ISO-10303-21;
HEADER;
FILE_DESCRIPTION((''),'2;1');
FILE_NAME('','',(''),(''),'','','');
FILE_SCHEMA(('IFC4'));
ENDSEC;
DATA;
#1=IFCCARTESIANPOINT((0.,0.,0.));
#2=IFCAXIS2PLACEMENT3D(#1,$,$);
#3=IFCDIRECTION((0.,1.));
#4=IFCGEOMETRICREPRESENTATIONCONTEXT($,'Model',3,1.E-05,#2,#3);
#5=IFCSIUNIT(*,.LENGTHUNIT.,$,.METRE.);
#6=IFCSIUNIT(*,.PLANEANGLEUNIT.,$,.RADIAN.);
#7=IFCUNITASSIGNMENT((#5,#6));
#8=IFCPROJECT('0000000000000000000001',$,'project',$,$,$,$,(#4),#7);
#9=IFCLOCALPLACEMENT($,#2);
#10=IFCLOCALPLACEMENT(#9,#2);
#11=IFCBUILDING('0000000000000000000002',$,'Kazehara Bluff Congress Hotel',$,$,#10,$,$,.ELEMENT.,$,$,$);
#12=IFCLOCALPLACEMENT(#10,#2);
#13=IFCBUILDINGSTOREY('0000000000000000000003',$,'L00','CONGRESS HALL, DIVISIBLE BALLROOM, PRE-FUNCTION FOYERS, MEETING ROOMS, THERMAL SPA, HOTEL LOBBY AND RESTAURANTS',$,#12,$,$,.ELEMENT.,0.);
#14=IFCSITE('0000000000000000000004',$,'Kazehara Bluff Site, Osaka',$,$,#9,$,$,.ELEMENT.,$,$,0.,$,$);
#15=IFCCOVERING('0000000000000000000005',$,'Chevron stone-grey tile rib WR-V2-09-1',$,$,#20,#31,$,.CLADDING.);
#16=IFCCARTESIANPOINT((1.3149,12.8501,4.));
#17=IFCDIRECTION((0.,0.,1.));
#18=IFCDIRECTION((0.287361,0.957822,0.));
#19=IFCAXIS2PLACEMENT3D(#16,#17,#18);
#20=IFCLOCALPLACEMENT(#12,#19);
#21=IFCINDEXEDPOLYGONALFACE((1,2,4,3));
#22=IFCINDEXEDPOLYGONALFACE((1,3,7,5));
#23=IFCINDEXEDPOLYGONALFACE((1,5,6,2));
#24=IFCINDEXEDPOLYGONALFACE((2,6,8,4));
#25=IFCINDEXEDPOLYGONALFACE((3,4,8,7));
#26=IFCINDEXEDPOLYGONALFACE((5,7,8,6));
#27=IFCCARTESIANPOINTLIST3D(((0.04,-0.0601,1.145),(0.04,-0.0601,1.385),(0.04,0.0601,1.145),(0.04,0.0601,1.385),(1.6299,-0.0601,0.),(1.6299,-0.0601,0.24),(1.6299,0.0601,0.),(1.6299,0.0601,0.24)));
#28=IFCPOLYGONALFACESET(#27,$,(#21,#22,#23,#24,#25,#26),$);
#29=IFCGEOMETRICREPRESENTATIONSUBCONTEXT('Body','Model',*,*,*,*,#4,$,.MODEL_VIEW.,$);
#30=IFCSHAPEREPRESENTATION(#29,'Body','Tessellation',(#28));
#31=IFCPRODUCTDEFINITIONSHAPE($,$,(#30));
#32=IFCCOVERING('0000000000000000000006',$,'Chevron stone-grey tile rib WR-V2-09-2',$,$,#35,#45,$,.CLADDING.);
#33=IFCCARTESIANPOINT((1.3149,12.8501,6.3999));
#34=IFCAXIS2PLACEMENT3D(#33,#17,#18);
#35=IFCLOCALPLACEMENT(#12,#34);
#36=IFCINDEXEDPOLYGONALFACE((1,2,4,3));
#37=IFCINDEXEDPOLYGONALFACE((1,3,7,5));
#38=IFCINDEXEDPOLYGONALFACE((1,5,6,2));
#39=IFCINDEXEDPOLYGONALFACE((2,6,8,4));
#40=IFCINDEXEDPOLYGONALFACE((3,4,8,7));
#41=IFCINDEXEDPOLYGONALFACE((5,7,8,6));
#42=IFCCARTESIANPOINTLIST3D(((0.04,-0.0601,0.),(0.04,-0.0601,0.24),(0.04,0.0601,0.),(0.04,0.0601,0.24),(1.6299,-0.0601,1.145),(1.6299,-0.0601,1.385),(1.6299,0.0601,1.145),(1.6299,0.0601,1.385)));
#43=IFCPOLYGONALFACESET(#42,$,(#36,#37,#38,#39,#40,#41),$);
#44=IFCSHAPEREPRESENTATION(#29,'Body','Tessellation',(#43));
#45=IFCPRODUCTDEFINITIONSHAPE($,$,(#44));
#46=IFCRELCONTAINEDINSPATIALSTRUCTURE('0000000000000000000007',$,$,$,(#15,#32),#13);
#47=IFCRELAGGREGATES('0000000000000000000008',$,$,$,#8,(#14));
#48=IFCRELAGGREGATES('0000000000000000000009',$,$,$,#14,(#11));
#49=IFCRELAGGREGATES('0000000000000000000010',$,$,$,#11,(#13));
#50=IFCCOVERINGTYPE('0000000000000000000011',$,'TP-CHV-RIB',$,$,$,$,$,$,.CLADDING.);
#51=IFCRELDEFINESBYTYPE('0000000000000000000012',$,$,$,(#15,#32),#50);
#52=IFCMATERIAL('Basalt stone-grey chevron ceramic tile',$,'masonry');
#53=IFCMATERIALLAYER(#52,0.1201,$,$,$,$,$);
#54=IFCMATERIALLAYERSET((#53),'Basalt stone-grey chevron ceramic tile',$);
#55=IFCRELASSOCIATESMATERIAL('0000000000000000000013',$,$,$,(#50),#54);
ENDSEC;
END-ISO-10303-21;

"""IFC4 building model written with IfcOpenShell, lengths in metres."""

from ifc_helpers import new_model, si_unit, direction, frame, origin, place, context, subcontext, project, spatial, polyline, outline, extrude, material, layer, layer_set, type_object, element, save


model = new_model("IFC4")

# Units and contexts
model_context = context("Model", 3, precision=1e-05, world=origin(), true_north=direction((0.0, 1.0)))
body_context = subcontext(model_context, "Body", "Model", "MODEL_VIEW")
ifc_project = project(units=[si_unit("LENGTHUNIT", "METRE"), si_unit("PLANEANGLEUNIT", "RADIAN")], contexts=[model_context])

# Site, building, storey
site_placement = place(None, origin())
site = spatial("IfcSite", under=ifc_project, at=site_placement, Name="Kazehara Bluff Site, Osaka", CompositionType="ELEMENT", RefElevation=0.0)
building_placement = place(site_placement, origin())
building = spatial("IfcBuilding", under=site, at=building_placement, Name="Kazehara Bluff Congress Hotel", CompositionType="ELEMENT")
storey_placement = place(building_placement, origin())
storey = spatial("IfcBuildingStorey", under=building, at=storey_placement, Name="L00", Description="CONGRESS HALL, DIVISIBLE BALLROOM, PRE-FUNCTION FOYERS, MEETING ROOMS, THERMAL SPA, HOTEL LOBBY AND RESTAURANTS", CompositionType="ELEMENT", Elevation=0.0)

# Coverings
ifc_material_1 = material(Name="Basalt stone-grey chevron ceramic tile", Category="masonry")
ifc_layer_1 = layer(ifc_material_1, 0.1201)
ifc_layer_set_1 = layer_set([ifc_layer_1], Name="Basalt stone-grey chevron ceramic tile")
covering_type_1 = type_object("IfcCoveringType", Name="TP-CHV-RIB", PredefinedType="CLADDING", material=ifc_layer_set_1)
covering_1_placement = place(storey_placement, frame((1.3149, 12.8501, 4.0), z_axis=(0.0, 0.0, 1.0), x_axis=(0.287361, 0.957822, 0.0)))
element("IfcCovering", 1, at=covering_1_placement, inside=storey, type_object=covering_type_1, Name="Chevron stone-grey tile rib WR-V2-09-1", PredefinedType="CLADDING", context=body_context, shape_type="SweptSolid", body=[
    extrude(outline(polyline([(0.04, 1.145), (1.6299, 0.0), (1.6299, 0.24), (0.04, 1.385), (0.04, 1.145)])), frame((0.0, 0.0601, 0.0), z_axis=(0.0, -1.0, 0.0), x_axis=(1.0, 0.0, 0.0)), (0.0, 0.0, 1.0), 0.1201),
])
covering_2_placement = place(storey_placement, frame((1.3149, 12.8501, 6.3999), z_axis=(0.0, 0.0, 1.0), x_axis=(0.287361, 0.957822, 0.0)))
element("IfcCovering", 2, at=covering_2_placement, inside=storey, type_object=covering_type_1, Name="Chevron stone-grey tile rib WR-V2-09-2", PredefinedType="CLADDING", context=body_context, shape_type="SweptSolid", body=[
    extrude(outline(polyline([(0.04, 0.0), (1.6299, 1.145), (1.6299, 1.385), (0.04, 0.24), (0.04, 0.0)])), frame((0.0, 0.0601, 0.0), z_axis=(0.0, -1.0, 0.0), x_axis=(1.0, 0.0, 0.0)), (0.0, 0.0, 1.0), 0.1201),
])

save(model, "model.ifc")
